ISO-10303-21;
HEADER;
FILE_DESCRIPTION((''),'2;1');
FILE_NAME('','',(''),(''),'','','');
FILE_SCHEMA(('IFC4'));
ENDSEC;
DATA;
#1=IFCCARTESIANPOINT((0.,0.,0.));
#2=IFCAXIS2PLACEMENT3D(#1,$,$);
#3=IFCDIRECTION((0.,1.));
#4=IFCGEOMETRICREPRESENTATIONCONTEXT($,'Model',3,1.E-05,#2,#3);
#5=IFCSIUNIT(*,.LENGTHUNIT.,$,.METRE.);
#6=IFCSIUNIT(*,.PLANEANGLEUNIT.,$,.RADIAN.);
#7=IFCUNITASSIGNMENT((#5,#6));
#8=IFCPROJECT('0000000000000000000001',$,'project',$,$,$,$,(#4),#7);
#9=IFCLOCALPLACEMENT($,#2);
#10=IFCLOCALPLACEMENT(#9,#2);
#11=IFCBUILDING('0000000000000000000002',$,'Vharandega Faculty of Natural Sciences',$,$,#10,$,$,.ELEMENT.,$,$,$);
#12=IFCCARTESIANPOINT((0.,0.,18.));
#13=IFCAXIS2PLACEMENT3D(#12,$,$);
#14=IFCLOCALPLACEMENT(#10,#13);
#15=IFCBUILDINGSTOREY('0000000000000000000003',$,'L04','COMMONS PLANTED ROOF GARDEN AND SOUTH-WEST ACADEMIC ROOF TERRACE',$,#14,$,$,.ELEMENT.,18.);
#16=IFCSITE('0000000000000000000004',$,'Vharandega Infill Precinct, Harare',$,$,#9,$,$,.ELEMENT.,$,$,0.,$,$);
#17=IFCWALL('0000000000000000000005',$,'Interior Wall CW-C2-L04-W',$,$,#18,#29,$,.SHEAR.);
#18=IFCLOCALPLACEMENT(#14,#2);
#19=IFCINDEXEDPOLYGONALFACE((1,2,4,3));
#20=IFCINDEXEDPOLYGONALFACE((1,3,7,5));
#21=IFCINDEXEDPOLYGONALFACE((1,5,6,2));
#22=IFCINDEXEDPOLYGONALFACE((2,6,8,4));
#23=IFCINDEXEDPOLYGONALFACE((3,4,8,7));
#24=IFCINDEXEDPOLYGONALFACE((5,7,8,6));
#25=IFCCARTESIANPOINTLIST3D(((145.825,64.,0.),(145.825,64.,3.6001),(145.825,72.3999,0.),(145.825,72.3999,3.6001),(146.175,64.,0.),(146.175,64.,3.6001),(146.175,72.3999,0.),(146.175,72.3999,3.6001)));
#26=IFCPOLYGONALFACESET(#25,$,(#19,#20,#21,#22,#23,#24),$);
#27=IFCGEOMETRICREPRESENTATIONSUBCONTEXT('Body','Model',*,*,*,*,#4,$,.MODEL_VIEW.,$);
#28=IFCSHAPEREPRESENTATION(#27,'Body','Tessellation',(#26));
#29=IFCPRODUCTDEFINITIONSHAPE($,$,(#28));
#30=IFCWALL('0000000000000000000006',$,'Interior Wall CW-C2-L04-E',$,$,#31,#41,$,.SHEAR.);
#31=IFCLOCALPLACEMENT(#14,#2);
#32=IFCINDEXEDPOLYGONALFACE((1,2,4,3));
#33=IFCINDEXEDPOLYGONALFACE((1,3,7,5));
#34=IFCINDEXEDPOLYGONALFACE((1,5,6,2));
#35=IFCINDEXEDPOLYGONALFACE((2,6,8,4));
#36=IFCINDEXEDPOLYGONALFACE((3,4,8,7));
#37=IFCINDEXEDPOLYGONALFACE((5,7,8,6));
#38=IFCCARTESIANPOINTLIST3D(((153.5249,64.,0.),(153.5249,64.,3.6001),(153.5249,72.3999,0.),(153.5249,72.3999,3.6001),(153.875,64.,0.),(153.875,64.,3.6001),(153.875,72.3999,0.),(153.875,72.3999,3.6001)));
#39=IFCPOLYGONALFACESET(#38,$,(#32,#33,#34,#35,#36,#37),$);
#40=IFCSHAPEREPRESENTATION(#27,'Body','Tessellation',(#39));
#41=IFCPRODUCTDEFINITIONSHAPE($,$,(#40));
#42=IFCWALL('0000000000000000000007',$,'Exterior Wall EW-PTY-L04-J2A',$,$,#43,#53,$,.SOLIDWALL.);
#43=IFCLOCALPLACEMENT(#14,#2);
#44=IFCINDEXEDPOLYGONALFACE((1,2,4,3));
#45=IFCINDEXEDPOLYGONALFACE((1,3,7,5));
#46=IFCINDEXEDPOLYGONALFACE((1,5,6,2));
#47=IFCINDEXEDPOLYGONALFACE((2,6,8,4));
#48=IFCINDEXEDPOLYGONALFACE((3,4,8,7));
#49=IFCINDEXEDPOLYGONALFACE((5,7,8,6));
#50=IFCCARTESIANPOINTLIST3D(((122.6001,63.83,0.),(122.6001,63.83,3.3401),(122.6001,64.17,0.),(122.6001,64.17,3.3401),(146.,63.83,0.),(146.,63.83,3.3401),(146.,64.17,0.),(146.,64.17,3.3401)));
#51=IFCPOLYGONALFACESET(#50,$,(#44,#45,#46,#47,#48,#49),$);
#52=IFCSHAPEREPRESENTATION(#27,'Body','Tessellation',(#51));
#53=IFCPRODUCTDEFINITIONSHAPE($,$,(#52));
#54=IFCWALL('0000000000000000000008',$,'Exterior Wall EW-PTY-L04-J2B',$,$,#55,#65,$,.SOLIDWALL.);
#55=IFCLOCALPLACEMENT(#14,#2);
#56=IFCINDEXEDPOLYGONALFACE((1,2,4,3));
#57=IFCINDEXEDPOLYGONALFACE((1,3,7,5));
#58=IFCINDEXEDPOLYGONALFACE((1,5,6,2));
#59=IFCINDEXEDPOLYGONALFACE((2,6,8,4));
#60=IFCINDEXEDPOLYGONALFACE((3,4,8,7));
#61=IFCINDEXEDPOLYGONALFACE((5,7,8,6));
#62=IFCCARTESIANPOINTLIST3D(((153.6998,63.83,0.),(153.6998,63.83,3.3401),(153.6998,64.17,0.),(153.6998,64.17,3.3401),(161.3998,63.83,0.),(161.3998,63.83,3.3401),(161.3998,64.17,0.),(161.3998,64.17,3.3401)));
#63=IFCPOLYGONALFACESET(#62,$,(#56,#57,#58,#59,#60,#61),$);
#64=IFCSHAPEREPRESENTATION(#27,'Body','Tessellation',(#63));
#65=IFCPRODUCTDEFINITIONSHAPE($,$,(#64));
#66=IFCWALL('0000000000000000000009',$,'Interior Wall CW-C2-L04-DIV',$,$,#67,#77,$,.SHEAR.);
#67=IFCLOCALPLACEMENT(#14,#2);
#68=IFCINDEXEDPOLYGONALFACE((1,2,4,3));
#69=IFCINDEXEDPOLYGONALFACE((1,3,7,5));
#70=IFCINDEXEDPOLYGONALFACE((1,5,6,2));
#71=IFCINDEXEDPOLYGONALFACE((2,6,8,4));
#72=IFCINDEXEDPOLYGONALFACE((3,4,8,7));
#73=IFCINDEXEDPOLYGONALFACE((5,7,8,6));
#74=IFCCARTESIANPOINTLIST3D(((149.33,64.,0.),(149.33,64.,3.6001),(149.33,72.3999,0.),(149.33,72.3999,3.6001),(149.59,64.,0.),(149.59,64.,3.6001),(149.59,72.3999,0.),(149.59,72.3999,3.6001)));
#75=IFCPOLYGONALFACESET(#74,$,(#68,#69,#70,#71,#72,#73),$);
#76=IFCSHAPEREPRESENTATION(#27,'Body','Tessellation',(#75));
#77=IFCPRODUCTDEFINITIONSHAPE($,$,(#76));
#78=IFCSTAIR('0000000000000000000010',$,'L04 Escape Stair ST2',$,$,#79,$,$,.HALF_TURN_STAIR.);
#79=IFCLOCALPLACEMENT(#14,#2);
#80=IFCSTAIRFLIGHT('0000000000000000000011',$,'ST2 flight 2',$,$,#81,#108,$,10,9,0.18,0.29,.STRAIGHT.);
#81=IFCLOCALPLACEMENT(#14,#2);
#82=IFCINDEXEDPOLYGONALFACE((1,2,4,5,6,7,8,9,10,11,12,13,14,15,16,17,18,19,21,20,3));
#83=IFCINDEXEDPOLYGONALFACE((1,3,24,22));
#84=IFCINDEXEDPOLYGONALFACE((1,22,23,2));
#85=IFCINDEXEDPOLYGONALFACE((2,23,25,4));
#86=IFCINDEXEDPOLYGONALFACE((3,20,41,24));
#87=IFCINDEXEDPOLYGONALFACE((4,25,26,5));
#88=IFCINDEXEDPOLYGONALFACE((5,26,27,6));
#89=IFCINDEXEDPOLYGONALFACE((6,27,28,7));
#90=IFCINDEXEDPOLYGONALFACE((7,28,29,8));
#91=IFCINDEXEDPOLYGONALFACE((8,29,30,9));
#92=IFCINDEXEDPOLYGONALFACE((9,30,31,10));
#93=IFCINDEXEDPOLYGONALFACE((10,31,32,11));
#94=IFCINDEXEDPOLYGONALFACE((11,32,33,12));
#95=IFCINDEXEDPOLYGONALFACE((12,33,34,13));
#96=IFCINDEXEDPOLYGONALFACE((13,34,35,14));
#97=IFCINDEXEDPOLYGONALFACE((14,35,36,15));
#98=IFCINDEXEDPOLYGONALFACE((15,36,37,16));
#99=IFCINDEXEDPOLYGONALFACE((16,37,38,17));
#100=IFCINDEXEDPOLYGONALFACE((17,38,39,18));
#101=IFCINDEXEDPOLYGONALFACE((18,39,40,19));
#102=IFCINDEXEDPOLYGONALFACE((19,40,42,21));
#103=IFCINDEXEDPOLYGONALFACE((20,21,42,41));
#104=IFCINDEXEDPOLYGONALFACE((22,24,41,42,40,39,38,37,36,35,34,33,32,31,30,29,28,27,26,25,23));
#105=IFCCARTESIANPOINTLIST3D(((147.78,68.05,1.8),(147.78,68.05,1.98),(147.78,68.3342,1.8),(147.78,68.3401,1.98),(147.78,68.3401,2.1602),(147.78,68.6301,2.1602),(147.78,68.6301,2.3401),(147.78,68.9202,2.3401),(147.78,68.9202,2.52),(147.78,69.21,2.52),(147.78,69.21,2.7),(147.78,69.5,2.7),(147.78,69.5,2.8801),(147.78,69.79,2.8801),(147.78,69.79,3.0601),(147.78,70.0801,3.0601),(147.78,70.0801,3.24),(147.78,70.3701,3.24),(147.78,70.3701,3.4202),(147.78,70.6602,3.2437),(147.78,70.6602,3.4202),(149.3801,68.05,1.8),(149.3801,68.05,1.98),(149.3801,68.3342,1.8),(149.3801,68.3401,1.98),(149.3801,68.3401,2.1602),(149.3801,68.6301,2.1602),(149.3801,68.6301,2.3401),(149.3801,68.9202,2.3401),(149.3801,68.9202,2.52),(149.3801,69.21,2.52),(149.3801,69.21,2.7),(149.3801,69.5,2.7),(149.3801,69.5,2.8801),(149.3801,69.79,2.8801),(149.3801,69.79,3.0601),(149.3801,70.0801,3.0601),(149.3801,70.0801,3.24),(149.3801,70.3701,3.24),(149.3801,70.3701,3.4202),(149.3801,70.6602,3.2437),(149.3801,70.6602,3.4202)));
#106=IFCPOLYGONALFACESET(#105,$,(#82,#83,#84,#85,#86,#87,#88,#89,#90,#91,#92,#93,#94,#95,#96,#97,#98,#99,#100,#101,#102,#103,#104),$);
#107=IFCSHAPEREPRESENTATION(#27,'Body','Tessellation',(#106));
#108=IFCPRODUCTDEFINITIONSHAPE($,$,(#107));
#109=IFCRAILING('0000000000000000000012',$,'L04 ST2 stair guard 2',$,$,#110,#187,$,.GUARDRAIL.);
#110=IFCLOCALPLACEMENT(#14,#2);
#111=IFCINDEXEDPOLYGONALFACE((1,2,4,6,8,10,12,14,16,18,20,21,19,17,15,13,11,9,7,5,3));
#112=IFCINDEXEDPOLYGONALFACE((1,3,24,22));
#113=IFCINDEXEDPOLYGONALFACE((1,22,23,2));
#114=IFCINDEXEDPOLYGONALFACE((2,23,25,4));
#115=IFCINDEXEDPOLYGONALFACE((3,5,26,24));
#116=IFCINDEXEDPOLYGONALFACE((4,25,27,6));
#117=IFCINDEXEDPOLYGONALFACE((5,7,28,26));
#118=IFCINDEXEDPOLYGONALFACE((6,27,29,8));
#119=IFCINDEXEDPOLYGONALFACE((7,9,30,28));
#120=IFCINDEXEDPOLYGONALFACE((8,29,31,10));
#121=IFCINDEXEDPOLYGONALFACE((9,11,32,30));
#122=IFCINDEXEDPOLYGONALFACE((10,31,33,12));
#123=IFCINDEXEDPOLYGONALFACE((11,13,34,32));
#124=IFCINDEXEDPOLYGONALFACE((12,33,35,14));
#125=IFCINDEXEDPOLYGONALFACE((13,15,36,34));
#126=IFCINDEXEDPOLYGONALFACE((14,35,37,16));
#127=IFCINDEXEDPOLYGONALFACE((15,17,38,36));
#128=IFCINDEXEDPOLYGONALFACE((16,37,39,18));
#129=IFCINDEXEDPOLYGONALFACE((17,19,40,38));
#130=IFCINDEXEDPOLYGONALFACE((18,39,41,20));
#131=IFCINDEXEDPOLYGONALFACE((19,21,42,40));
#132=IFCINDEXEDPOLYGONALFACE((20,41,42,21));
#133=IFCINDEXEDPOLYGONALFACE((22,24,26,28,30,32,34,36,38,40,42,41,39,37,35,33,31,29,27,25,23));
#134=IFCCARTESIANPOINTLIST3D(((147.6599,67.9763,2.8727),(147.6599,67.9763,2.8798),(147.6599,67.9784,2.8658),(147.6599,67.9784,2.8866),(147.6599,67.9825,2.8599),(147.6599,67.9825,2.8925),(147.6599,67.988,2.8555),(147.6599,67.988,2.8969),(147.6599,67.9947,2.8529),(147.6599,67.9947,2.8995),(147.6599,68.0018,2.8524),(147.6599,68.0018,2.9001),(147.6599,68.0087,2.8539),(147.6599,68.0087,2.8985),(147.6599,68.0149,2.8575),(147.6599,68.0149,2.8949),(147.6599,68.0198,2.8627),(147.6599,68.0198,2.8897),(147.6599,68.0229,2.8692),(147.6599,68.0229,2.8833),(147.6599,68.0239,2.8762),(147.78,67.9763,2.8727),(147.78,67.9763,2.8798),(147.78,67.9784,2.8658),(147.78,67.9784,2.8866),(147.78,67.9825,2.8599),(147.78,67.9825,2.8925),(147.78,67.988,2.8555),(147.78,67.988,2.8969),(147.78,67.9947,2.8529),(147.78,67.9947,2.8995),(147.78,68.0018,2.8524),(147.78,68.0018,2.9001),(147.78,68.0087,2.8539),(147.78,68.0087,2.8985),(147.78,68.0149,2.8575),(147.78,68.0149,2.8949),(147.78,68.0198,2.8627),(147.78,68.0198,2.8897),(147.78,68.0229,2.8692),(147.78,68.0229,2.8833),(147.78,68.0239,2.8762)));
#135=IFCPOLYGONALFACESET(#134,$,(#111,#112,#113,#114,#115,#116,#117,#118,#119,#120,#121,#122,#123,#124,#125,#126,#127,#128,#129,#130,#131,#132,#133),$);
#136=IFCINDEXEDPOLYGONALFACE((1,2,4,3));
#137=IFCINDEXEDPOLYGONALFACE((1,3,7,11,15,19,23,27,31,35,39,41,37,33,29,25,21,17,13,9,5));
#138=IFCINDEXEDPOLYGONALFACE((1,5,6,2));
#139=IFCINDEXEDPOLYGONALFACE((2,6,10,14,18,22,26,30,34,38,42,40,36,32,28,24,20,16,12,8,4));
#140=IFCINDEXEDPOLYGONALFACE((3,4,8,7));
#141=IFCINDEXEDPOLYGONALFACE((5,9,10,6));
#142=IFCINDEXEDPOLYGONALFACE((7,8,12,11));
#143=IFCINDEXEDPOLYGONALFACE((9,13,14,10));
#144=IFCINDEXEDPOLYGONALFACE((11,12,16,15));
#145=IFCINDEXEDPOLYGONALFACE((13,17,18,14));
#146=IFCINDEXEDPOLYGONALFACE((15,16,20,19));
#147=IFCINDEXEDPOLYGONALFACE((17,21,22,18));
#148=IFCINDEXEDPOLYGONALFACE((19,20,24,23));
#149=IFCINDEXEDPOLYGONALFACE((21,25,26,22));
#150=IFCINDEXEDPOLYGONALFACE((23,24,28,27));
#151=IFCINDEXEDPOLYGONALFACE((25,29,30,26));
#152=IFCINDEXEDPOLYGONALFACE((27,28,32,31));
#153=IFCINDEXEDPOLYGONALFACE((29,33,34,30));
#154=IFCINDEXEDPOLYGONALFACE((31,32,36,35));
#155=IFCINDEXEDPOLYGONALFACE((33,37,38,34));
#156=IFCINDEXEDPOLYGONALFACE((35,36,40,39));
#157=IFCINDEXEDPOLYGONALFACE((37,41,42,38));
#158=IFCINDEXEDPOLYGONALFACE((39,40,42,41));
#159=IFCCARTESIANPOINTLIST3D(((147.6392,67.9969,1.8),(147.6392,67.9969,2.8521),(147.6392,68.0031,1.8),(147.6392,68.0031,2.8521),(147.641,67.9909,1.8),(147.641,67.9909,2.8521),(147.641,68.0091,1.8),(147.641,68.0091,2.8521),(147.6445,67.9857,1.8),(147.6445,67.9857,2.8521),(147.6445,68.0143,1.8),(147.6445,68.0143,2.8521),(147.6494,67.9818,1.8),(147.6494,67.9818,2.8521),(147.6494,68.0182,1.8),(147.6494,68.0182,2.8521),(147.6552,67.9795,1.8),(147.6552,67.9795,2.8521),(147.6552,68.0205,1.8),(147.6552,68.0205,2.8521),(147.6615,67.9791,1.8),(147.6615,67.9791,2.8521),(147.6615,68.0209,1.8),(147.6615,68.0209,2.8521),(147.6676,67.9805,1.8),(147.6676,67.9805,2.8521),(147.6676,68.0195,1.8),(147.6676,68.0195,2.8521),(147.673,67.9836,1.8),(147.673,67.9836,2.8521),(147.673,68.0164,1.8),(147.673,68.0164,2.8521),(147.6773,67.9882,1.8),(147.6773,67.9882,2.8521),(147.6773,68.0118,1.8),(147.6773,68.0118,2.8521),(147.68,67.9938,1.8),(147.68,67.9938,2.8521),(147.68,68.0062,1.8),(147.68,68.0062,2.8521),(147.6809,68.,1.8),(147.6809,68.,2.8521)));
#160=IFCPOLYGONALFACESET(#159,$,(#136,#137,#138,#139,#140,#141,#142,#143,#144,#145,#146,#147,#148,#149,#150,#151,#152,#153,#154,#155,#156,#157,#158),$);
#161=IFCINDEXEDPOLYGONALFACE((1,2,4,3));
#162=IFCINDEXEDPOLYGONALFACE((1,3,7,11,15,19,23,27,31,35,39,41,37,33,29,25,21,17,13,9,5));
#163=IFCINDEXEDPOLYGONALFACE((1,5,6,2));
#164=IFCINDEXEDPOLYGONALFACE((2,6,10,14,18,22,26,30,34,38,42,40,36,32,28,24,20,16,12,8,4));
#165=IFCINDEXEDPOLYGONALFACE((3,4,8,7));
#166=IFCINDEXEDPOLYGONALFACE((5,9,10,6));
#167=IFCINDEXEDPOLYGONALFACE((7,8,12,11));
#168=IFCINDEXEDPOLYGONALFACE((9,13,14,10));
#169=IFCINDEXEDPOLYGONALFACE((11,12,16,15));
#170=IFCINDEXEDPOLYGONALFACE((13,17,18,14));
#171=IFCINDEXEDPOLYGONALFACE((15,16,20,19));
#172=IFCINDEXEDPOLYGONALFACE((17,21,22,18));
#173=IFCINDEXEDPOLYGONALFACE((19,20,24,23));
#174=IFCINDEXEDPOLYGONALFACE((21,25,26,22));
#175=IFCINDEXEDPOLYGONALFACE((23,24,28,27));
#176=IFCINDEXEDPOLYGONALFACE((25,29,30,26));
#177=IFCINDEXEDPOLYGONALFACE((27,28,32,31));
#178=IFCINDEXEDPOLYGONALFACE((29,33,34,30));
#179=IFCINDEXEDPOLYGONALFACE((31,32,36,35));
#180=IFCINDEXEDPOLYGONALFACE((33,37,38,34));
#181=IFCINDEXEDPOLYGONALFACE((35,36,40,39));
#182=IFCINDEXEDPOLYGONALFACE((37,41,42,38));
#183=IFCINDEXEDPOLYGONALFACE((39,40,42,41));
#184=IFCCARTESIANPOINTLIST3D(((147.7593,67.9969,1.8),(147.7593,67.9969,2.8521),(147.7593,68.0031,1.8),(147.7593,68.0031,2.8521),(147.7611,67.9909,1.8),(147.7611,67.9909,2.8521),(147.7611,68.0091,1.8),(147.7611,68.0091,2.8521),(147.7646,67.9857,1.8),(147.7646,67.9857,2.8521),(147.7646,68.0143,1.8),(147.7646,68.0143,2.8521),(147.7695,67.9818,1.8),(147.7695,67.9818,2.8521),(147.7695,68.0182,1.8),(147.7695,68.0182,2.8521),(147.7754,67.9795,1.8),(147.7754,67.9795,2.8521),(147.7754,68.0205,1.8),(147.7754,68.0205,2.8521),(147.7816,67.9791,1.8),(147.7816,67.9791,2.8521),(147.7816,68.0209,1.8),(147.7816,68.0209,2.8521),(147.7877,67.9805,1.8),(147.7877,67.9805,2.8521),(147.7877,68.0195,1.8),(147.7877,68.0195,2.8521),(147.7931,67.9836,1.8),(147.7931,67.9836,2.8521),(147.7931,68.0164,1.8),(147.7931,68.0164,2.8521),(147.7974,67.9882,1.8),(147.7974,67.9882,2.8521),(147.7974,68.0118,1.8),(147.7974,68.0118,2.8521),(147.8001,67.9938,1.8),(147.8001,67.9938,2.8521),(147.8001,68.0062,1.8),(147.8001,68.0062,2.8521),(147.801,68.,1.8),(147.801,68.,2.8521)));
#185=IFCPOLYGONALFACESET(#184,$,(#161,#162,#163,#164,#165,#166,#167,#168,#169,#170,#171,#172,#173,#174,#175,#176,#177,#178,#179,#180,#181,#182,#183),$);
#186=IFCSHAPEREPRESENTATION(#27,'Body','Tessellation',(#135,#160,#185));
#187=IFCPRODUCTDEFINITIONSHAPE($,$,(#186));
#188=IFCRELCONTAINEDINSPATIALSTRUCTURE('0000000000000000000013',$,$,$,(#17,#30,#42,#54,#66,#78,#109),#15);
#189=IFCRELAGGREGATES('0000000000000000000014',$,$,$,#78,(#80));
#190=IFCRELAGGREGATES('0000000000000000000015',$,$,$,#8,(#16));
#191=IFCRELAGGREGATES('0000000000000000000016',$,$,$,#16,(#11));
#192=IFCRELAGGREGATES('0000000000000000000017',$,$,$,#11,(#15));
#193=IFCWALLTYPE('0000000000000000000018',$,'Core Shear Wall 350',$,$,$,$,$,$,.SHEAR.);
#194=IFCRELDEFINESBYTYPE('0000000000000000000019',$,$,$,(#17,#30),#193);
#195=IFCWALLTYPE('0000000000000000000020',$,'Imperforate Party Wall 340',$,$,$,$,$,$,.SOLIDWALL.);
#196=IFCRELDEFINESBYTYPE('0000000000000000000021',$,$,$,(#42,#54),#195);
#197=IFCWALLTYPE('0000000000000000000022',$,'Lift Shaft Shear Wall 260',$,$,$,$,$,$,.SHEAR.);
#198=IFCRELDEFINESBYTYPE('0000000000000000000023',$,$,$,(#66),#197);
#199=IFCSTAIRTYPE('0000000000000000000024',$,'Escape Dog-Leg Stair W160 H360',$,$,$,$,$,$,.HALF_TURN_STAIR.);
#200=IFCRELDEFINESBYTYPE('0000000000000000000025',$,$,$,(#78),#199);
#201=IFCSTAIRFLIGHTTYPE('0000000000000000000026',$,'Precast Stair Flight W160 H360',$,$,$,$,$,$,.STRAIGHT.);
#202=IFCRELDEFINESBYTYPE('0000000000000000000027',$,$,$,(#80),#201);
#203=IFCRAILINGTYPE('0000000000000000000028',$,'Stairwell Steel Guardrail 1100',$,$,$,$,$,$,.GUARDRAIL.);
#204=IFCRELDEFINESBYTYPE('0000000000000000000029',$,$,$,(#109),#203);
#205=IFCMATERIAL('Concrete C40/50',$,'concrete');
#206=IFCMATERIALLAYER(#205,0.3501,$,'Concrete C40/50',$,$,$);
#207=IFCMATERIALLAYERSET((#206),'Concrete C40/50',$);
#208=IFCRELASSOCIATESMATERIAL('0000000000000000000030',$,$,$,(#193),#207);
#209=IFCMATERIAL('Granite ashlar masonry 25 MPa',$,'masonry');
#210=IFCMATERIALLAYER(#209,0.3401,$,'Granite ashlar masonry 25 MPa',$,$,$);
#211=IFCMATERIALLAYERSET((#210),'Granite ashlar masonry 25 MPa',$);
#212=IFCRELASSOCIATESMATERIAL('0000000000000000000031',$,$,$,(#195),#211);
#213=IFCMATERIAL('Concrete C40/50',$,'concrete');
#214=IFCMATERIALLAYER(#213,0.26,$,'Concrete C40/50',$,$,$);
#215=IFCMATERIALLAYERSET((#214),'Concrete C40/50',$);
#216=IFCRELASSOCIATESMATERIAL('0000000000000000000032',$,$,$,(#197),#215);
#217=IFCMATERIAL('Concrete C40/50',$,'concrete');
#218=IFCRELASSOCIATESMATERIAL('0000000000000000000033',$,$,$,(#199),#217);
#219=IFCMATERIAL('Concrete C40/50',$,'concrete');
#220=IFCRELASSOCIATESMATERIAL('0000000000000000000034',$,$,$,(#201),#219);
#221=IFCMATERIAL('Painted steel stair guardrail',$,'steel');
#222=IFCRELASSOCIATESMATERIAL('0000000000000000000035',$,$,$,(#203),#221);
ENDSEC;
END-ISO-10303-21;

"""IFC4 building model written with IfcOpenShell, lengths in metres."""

from ifc_helpers import new_model, si_unit, direction, frame, frame_2d, origin, origin_2d, place, context, subcontext, project, spatial, polyline, rectangle, circle, outline, extrude, material, layer, layer_set, type_object, element, aggregate, save


model = new_model("IFC4")

# Units and contexts
model_context = context("Model", 3, precision=1e-05, world=origin(), true_north=direction((0.0, 1.0)))
body_context = subcontext(model_context, "Body", "Model", "MODEL_VIEW")
ifc_project = project(units=[si_unit("LENGTHUNIT", "METRE"), si_unit("PLANEANGLEUNIT", "RADIAN")], contexts=[model_context])

# Site, building, storey
site_placement = place(None, origin())
site = spatial("IfcSite", under=ifc_project, at=site_placement, Name="Vharandega Infill Precinct, Harare", CompositionType="ELEMENT", RefElevation=0.0)
building_placement = place(site_placement, origin())
building = spatial("IfcBuilding", under=site, at=building_placement, Name="Vharandega Faculty of Natural Sciences", CompositionType="ELEMENT")
storey_placement = place(building_placement, frame((0.0, 0.0, 18.0)))
storey = spatial("IfcBuildingStorey", under=building, at=storey_placement, Name="L04", Description="COMMONS PLANTED ROOF GARDEN AND SOUTH-WEST ACADEMIC ROOF TERRACE", CompositionType="ELEMENT", Elevation=18.0)

# Walls
ifc_material_1 = material(Name="Concrete C40/50", Category="concrete")
ifc_layer_1 = layer(ifc_material_1, 0.3501, Name="Concrete C40/50")
ifc_layer_set_1 = layer_set([ifc_layer_1], Name="Concrete C40/50")
wall_type_1 = type_object("IfcWallType", Name="Core Shear Wall 350", PredefinedType="SHEAR", material=ifc_layer_set_1)
for number, where, z_axis, x_axis, name in (
    (1, (146.0, 64.0, 0.0), (0.0, 0.0, 1.0), (0.0, 1.0, 0.0), "Interior Wall CW-C2-L04-W"),
    (2, (153.7, 64.0, 0.0), (0.0, 0.0, 1.0), (0.0, 1.0, 0.0), "Interior Wall CW-C2-L04-E"),
):
    element("IfcWall", number, at=place(storey_placement, frame(where, z_axis=z_axis, x_axis=x_axis)), inside=storey, type_object=wall_type_1, Name=name, PredefinedType="SHEAR", context=body_context, shape_type="SweptSolid", body=[
        extrude(rectangle(XDim=8.3999, YDim=0.3501, at=frame_2d((4.2, 0.0))), origin(), (0.0, 0.0, 1.0), 3.6001),
    ])
ifc_material_2 = material(Name="Granite ashlar masonry 25 MPa", Category="masonry")
ifc_layer_2 = layer(ifc_material_2, 0.3401, Name="Granite ashlar masonry 25 MPa")
ifc_layer_set_2 = layer_set([ifc_layer_2], Name="Granite ashlar masonry 25 MPa")
wall_type_2 = type_object("IfcWallType", Name="Imperforate Party Wall 340", PredefinedType="SOLIDWALL", material=ifc_layer_set_2)
wall_1_placement = place(storey_placement, frame((146.0, 64.0, 0.0), z_axis=(0.0, 0.0, 1.0), x_axis=(-1.0, 0.0, 0.0)))
element("IfcWall", 3, at=wall_1_placement, inside=storey, type_object=wall_type_2, Name="Exterior Wall EW-PTY-L04-J2A", PredefinedType="SOLIDWALL", context=body_context, shape_type="SweptSolid", body=[
    extrude(rectangle(XDim=23.3999, YDim=0.3401, at=frame_2d((11.7, 0.0))), origin(), (0.0, 0.0, 1.0), 3.3401),
])
wall_2_placement = place(storey_placement, frame((161.3999, 64.0, 0.0), z_axis=(0.0, 0.0, 1.0), x_axis=(-1.0, 0.0, 0.0)))
element("IfcWall", 4, at=wall_2_placement, inside=storey, type_object=wall_type_2, Name="Exterior Wall EW-PTY-L04-J2B", PredefinedType="SOLIDWALL", context=body_context, shape_type="SweptSolid", body=[
    extrude(rectangle(XDim=7.7, YDim=0.3401, at=frame_2d((3.8501, 0.0))), origin(), (0.0, 0.0, 1.0), 3.3401),
])
ifc_material_3 = material(Name="Concrete C40/50", Category="concrete")
ifc_layer_3 = layer(ifc_material_3, 0.26, Name="Concrete C40/50")
ifc_layer_set_3 = layer_set([ifc_layer_3], Name="Concrete C40/50")
wall_type_3 = type_object("IfcWallType", Name="Lift Shaft Shear Wall 260", PredefinedType="SHEAR", material=ifc_layer_set_3)
wall_3_placement = place(storey_placement, frame((149.46, 64.0, 0.0), z_axis=(0.0, 0.0, 1.0), x_axis=(0.0, 1.0, 0.0)))
element("IfcWall", 5, at=wall_3_placement, inside=storey, type_object=wall_type_3, Name="Interior Wall CW-C2-L04-DIV", PredefinedType="SHEAR", context=body_context, shape_type="SweptSolid", body=[
    extrude(rectangle(XDim=8.3999, YDim=0.26, at=frame_2d((4.2, 0.0))), origin(), (0.0, 0.0, 1.0), 3.6001),
])

# Stair, stair flight
ifc_material_4 = material(Name="Concrete C40/50", Category="concrete")
stair_type = type_object("IfcStairType", Name="Escape Dog-Leg Stair W160 H360", PredefinedType="HALF_TURN_STAIR", material=ifc_material_4)
stair_placement = place(storey_placement, origin())
stair = element("IfcStair", 6, at=stair_placement, inside=storey, type_object=stair_type, Name="L04 Escape Stair ST2", PredefinedType="HALF_TURN_STAIR")
ifc_material_5 = material(Name="Concrete C40/50", Category="concrete")
stair_flight_type = type_object("IfcStairFlightType", Name="Precast Stair Flight W160 H360", PredefinedType="STRAIGHT", material=ifc_material_5)
stair_flight_placement = place(storey_placement, frame((148.5801, 68.05, 1.8), z_axis=(0.0, 0.0, 1.0), x_axis=(0.0, 1.0, 0.0)))
stair_flight = element("IfcStairFlight", 7, at=stair_flight_placement, type_object=stair_flight_type, Name="ST2 flight 2", NumberOfRisers=10, NumberOfTreads=9, PredefinedType="STRAIGHT", RiserHeight=0.18, TreadLength=0.29, context=body_context, shape_type="SweptSolid", body=[
    extrude(outline(polyline([(0.0, 0.0), (0.0, 0.1799), (0.29, 0.1799), (0.29, 0.3601), (0.5801, 0.3601), (0.5801, 0.54), (0.8701, 0.54), (0.8701, 0.72), (1.1599, 0.72), (1.1599, 0.8999), (1.45, 0.8999), (1.45, 1.0801), (1.74, 1.0801), (1.74, 1.26), (2.03, 1.26), (2.03, 1.4399), (2.3201, 1.4399), (2.3201, 1.6201), (2.6101, 1.6201), (2.6101, 1.8), (2.6101, 1.4436), (0.2842, 0.0), (0.0, 0.0)])), frame((0.0, 0.8, 0.0), z_axis=(0.0, -1.0, 0.0), x_axis=(1.0, 0.0, 0.0)), (0.0, 0.0, 1.0), 1.6001),
])
aggregate(stair, [stair_flight])

# Railing
ifc_material_6 = material(Name="Painted steel stair guardrail", Category="steel")
railing_type = type_object("IfcRailingType", Name="Stairwell Steel Guardrail 1100", PredefinedType="GUARDRAIL", material=ifc_material_6)
railing_1_placement = place(storey_placement, frame((147.6599, 68.0, 1.8)))
element("IfcRailing", 8, at=railing_1_placement, inside=storey, type_object=railing_type, Name="L04 ST2 stair guard 2", PredefinedType="GUARDRAIL", context=body_context, shape_type="SweptSolid", body=[
    extrude(circle(Radius=0.0239, at=origin_2d()), frame((0.0, 0.0, 1.0762), z_axis=(1.0, 0.0, 0.0), x_axis=(0.0, 1.0, 0.0)), (0.0, 0.0, 1.0), 0.1201),
    extrude(circle(Radius=0.021, at=origin_2d()), origin(), (0.0, 0.0, 1.0), 1.052),
    extrude(circle(Radius=0.021, at=origin_2d()), frame((0.1201, 0.0, 0.0)), (0.0, 0.0, 1.0), 1.052),
])

save(model, "model.ifc")
